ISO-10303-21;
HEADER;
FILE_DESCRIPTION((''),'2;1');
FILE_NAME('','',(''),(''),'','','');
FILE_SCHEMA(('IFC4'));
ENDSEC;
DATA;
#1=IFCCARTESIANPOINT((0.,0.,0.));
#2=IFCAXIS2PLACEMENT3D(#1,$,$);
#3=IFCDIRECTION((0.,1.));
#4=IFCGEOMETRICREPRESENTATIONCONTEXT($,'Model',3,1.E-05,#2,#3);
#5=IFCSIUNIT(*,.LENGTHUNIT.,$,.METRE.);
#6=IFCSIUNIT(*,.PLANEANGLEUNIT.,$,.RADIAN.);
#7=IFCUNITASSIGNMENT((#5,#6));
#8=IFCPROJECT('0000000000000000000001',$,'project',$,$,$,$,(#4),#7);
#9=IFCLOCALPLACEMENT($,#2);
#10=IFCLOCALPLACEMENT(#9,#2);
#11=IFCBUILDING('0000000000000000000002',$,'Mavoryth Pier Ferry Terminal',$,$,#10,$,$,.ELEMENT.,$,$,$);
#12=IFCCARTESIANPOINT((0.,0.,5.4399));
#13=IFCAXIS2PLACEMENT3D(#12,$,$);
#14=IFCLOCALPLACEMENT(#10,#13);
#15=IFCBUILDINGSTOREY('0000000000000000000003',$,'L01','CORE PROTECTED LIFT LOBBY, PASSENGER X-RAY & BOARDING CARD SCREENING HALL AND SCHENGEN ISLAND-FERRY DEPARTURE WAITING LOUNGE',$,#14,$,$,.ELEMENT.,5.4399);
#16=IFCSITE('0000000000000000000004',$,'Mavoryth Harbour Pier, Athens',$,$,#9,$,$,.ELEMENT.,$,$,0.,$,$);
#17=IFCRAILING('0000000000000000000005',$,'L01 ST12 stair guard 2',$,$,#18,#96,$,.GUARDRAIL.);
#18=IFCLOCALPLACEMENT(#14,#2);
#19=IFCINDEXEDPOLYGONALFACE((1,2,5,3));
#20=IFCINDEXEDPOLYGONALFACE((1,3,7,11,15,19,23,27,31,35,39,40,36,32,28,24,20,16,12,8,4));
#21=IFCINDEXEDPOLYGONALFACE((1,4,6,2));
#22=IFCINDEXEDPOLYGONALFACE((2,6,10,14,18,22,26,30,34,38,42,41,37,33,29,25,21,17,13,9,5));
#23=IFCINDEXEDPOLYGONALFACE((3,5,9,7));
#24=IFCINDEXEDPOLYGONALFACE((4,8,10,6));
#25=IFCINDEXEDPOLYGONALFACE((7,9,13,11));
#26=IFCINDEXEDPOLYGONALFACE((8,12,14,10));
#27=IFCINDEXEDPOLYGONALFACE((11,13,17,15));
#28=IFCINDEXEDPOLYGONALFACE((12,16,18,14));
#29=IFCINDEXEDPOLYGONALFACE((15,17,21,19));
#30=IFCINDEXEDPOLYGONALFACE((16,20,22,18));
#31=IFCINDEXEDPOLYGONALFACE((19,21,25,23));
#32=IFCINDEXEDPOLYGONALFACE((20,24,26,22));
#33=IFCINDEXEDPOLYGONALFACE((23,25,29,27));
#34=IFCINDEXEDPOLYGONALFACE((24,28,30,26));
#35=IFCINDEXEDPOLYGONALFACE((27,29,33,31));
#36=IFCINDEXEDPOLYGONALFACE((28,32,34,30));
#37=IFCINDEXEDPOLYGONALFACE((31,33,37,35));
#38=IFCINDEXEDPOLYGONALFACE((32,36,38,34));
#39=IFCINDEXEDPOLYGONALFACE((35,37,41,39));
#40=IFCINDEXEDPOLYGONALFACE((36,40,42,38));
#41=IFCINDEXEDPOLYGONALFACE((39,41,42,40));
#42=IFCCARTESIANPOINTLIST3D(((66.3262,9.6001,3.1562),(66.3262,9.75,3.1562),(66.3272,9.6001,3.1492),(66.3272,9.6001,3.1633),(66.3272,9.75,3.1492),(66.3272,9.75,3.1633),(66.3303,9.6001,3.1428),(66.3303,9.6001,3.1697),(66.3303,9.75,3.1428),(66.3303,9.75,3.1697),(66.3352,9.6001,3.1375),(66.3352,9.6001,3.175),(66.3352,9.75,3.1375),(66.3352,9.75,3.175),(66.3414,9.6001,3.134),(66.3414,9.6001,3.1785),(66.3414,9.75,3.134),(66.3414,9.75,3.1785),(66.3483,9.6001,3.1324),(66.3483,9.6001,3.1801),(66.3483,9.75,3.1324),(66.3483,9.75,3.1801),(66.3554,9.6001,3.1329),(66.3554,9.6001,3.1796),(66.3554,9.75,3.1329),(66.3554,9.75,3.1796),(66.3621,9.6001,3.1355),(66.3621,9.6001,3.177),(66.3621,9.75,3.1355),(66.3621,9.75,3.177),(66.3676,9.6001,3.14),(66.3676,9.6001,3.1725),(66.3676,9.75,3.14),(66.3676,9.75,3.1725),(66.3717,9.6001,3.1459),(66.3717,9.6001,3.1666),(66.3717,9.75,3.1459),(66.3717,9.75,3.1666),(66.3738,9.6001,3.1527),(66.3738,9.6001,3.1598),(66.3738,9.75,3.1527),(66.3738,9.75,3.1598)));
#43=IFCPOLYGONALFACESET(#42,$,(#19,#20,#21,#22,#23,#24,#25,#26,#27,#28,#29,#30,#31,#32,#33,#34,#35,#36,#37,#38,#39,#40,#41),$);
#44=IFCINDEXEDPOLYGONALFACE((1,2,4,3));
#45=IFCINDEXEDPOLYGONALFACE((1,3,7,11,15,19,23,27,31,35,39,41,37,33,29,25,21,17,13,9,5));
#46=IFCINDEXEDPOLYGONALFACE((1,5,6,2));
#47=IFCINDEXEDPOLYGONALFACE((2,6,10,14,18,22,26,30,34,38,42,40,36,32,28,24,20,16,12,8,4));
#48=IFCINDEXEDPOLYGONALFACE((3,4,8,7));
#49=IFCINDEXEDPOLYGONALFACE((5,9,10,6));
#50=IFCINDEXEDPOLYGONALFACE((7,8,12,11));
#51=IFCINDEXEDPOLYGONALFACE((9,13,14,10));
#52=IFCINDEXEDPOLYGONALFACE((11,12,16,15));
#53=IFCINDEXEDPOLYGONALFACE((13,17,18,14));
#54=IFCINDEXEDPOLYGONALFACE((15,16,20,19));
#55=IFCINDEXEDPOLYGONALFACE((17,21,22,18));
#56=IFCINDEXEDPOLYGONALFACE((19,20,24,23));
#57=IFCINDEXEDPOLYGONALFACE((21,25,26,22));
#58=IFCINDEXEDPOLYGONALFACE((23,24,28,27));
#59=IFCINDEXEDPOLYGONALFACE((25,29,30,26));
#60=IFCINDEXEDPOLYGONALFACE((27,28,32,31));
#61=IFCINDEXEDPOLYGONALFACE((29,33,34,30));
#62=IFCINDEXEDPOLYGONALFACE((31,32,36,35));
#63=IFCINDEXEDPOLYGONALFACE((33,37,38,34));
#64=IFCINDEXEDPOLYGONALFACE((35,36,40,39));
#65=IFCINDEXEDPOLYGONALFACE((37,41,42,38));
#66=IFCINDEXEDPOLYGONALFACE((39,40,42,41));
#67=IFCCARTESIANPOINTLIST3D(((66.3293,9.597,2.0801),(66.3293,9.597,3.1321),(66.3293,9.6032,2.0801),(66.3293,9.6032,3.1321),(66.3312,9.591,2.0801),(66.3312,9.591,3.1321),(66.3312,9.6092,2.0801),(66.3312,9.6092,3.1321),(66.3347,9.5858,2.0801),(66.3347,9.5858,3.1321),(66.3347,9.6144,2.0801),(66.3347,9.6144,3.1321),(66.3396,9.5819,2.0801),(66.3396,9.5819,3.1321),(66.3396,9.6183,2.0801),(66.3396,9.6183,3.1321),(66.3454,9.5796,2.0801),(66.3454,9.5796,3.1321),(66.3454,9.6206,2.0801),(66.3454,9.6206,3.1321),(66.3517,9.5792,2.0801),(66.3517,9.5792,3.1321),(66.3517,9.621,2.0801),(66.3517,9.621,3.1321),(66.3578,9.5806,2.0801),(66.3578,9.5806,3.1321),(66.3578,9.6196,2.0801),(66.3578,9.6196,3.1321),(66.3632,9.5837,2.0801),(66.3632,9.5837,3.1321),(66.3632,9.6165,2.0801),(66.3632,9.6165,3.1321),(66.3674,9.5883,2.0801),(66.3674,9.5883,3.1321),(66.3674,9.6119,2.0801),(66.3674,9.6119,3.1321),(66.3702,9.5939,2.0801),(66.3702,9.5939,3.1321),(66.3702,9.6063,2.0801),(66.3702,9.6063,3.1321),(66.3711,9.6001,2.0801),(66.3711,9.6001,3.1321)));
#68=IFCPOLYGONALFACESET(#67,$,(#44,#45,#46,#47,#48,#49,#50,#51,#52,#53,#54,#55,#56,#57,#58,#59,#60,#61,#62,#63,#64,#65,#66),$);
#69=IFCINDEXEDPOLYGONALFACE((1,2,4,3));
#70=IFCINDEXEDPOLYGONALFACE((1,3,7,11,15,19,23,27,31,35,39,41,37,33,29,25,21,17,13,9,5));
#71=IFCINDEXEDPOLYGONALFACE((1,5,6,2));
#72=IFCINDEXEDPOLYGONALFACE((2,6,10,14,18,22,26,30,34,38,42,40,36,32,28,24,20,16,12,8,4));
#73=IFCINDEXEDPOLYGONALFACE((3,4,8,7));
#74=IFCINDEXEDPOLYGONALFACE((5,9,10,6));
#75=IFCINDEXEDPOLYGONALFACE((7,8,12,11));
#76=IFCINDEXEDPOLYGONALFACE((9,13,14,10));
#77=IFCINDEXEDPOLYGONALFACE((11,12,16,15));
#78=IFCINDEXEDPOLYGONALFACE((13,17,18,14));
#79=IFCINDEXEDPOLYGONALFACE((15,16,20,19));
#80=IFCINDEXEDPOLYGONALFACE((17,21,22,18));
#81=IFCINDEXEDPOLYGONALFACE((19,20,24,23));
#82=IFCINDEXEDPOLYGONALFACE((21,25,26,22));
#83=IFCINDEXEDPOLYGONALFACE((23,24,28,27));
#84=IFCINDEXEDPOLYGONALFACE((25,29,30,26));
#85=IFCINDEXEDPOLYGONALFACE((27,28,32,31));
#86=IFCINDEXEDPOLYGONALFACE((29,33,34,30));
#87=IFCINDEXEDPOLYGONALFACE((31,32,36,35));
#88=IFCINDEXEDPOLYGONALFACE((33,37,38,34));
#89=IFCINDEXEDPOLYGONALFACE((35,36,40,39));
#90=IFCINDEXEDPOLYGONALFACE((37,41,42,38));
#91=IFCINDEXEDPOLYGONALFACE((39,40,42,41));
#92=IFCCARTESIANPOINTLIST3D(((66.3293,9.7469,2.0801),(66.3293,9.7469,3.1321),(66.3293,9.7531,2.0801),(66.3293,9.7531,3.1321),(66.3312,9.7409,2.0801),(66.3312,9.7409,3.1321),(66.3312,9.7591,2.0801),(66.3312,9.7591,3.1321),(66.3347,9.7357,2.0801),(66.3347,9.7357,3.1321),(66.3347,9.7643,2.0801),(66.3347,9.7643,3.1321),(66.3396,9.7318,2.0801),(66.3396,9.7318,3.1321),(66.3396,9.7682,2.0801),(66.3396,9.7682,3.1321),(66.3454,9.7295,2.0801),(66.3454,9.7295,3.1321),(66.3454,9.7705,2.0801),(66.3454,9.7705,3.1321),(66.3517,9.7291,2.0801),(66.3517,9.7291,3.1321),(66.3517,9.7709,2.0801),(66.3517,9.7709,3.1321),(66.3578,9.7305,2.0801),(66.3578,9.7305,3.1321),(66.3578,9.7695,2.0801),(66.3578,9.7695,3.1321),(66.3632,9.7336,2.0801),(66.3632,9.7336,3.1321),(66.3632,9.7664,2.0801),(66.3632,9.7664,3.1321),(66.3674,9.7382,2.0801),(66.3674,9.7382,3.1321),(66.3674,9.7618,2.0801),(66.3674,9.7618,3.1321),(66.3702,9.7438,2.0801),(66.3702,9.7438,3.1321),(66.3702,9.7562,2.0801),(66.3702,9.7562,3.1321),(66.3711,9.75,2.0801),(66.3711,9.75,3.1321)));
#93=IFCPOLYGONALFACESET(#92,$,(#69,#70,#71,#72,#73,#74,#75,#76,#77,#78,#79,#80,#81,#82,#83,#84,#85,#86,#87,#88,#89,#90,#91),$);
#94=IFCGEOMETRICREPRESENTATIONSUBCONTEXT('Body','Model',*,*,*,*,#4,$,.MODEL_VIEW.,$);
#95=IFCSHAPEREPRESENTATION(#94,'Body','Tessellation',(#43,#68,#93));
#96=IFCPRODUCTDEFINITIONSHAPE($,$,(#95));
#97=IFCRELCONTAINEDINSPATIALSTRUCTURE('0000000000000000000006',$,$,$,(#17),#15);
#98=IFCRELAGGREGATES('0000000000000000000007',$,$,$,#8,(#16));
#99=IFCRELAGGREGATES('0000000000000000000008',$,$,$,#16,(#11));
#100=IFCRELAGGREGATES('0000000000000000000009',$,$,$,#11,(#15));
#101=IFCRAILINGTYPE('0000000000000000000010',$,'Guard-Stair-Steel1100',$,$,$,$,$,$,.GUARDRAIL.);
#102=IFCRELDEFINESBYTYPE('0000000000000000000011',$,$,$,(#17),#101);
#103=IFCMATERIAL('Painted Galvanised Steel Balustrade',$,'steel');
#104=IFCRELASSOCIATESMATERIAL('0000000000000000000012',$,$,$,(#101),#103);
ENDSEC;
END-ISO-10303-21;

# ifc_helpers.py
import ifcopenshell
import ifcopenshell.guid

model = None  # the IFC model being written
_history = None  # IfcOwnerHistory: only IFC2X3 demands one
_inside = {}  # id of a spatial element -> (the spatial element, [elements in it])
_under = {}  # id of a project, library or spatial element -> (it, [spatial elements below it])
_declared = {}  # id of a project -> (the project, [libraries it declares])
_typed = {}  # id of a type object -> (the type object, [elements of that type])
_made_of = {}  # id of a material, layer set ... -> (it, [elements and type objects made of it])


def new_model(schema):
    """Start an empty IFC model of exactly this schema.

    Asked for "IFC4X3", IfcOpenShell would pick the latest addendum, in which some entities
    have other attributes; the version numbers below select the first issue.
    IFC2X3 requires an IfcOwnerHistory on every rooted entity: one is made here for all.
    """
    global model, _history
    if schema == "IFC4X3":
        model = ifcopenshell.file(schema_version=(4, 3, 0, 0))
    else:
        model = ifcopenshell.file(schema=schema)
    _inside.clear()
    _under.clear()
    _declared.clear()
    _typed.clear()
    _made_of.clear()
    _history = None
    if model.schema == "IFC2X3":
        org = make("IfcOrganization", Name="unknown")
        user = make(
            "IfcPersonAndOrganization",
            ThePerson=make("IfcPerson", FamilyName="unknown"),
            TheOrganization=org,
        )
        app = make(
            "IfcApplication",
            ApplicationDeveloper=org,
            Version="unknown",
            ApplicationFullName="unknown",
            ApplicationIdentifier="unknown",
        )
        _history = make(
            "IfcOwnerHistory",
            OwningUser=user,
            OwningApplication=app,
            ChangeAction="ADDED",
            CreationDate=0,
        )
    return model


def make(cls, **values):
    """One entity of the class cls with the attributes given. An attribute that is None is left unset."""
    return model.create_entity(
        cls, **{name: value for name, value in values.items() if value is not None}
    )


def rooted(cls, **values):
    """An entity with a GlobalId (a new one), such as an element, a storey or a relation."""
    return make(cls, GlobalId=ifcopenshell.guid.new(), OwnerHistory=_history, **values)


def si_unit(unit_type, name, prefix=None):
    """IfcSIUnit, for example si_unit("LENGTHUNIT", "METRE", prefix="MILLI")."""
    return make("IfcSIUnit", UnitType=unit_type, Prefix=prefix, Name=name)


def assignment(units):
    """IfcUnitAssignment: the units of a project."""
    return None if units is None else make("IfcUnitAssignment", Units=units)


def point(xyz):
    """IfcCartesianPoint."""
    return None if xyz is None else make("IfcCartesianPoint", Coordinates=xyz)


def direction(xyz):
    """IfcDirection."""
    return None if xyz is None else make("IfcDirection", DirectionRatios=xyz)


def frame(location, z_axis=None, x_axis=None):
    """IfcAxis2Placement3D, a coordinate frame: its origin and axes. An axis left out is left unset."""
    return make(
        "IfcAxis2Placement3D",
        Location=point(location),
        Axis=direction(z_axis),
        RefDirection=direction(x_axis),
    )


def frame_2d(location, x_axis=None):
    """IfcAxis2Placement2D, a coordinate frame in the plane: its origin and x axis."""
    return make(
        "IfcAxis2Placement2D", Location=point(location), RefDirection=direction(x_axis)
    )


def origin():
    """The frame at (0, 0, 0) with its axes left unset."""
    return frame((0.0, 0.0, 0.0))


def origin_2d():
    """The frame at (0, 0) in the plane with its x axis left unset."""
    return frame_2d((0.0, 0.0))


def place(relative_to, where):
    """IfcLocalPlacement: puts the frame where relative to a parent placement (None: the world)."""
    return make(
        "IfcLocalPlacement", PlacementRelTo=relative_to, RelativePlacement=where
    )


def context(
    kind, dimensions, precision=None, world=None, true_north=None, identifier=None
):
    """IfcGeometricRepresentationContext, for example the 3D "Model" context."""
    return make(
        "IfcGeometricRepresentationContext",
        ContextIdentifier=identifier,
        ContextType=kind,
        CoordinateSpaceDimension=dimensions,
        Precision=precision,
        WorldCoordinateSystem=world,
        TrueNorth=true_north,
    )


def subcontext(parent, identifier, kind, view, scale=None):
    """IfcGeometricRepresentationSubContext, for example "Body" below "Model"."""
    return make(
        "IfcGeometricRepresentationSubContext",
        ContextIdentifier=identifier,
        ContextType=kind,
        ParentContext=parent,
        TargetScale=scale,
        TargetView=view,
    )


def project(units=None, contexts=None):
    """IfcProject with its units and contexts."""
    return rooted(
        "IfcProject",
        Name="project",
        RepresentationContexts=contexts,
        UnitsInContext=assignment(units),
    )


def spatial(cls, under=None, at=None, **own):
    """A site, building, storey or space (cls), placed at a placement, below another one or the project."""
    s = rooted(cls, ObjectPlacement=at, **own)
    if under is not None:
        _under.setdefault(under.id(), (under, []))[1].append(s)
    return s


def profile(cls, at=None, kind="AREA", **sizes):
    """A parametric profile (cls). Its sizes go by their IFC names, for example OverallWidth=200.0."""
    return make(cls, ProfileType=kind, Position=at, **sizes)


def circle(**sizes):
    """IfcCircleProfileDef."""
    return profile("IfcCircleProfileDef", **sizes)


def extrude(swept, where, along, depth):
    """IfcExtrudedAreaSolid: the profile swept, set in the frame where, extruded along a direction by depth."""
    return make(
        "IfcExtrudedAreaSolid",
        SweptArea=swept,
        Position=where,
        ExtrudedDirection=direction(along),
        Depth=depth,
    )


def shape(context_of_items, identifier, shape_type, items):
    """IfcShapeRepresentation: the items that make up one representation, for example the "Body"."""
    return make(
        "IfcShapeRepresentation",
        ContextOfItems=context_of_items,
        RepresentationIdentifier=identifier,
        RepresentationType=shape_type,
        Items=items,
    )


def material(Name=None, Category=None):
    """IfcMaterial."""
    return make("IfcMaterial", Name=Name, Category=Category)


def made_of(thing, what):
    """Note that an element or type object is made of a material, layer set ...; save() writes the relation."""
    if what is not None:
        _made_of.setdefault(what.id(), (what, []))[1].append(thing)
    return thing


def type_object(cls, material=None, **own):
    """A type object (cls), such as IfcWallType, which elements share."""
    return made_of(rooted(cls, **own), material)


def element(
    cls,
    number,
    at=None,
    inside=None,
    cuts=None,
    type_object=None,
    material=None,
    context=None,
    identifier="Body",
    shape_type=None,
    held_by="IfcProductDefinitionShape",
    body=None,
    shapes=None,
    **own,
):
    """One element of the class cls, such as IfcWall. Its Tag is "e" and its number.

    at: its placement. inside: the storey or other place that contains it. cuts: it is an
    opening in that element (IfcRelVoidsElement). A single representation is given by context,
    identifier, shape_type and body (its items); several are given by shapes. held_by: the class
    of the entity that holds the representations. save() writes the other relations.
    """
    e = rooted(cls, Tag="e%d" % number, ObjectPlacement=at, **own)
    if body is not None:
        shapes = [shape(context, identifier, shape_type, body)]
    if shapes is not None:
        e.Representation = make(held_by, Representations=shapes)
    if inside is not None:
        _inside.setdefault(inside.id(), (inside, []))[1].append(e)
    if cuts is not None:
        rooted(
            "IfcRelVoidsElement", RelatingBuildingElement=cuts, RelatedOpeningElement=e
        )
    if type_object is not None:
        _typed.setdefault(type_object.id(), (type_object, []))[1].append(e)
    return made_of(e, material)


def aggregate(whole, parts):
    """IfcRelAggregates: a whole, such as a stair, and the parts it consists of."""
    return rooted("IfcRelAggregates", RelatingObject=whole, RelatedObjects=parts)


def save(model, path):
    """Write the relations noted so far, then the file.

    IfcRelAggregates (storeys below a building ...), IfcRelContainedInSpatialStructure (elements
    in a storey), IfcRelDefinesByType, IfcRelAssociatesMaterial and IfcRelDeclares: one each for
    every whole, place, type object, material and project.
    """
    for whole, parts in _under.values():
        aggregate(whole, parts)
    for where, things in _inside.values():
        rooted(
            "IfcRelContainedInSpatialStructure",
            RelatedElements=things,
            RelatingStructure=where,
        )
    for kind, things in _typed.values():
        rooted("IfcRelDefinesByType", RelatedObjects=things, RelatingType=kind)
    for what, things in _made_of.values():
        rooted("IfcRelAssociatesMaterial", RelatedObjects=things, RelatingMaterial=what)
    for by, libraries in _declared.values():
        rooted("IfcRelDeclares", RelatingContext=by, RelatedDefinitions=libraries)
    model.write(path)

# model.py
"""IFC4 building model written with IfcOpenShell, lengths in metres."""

from ifc_helpers import new_model, si_unit, direction, frame, origin, origin_2d, place, context, subcontext, project, spatial, circle, extrude, material, type_object, element, save


model = new_model("IFC4")

# Units and contexts
model_context = context("Model", 3, precision=1e-05, world=origin(), true_north=direction((0.0, 1.0)))
body_context = subcontext(model_context, "Body", "Model", "MODEL_VIEW")
ifc_project = project(units=[si_unit("LENGTHUNIT", "METRE"), si_unit("PLANEANGLEUNIT", "RADIAN")], contexts=[model_context])

# Site, building, storey
site_placement = place(None, origin())
site = spatial("IfcSite", under=ifc_project, at=site_placement, Name="Mavoryth Harbour Pier, Athens", CompositionType="ELEMENT", RefElevation=0.0)
building_placement = place(site_placement, origin())
building = spatial("IfcBuilding", under=site, at=building_placement, Name="Mavoryth Pier Ferry Terminal", CompositionType="ELEMENT")
storey_placement = place(building_placement, frame((0.0, 0.0, 5.4399)))
storey = spatial("IfcBuildingStorey", under=building, at=storey_placement, Name="L01", Description="CORE PROTECTED LIFT LOBBY, PASSENGER X-RAY & BOARDING CARD SCREENING HALL AND SCHENGEN ISLAND-FERRY DEPARTURE WAITING LOUNGE", CompositionType="ELEMENT", Elevation=5.4399)

# Railing
ifc_material_1 = material(Name="Painted Galvanised Steel Balustrade", Category="steel")
railing_type_1 = type_object("IfcRailingType", Name="Guard-Stair-Steel1100", PredefinedType="GUARDRAIL", material=ifc_material_1)
railing_1_placement = place(storey_placement, frame((66.3501, 9.6001, 2.0801)))
element("IfcRailing", 1, at=railing_1_placement, inside=storey, type_object=railing_type_1, Name="L01 ST12 stair guard 2", PredefinedType="GUARDRAIL", context=body_context, shape_type="SweptSolid", body=[
    extrude(circle(Radius=0.0239, at=origin_2d()), frame((0.0, 0.0, 1.0762), z_axis=(0.0, 1.0, 0.0), x_axis=(-1.0, 0.0, 0.0)), (0.0, 0.0, 1.0), 0.1499),
    extrude(circle(Radius=0.021, at=origin_2d()), origin(), (0.0, 0.0, 1.0), 1.052),
    extrude(circle(Radius=0.021, at=origin_2d()), frame((0.0, 0.1499, 0.0)), (0.0, 0.0, 1.0), 1.052),
])

save(model, "model.ifc")
